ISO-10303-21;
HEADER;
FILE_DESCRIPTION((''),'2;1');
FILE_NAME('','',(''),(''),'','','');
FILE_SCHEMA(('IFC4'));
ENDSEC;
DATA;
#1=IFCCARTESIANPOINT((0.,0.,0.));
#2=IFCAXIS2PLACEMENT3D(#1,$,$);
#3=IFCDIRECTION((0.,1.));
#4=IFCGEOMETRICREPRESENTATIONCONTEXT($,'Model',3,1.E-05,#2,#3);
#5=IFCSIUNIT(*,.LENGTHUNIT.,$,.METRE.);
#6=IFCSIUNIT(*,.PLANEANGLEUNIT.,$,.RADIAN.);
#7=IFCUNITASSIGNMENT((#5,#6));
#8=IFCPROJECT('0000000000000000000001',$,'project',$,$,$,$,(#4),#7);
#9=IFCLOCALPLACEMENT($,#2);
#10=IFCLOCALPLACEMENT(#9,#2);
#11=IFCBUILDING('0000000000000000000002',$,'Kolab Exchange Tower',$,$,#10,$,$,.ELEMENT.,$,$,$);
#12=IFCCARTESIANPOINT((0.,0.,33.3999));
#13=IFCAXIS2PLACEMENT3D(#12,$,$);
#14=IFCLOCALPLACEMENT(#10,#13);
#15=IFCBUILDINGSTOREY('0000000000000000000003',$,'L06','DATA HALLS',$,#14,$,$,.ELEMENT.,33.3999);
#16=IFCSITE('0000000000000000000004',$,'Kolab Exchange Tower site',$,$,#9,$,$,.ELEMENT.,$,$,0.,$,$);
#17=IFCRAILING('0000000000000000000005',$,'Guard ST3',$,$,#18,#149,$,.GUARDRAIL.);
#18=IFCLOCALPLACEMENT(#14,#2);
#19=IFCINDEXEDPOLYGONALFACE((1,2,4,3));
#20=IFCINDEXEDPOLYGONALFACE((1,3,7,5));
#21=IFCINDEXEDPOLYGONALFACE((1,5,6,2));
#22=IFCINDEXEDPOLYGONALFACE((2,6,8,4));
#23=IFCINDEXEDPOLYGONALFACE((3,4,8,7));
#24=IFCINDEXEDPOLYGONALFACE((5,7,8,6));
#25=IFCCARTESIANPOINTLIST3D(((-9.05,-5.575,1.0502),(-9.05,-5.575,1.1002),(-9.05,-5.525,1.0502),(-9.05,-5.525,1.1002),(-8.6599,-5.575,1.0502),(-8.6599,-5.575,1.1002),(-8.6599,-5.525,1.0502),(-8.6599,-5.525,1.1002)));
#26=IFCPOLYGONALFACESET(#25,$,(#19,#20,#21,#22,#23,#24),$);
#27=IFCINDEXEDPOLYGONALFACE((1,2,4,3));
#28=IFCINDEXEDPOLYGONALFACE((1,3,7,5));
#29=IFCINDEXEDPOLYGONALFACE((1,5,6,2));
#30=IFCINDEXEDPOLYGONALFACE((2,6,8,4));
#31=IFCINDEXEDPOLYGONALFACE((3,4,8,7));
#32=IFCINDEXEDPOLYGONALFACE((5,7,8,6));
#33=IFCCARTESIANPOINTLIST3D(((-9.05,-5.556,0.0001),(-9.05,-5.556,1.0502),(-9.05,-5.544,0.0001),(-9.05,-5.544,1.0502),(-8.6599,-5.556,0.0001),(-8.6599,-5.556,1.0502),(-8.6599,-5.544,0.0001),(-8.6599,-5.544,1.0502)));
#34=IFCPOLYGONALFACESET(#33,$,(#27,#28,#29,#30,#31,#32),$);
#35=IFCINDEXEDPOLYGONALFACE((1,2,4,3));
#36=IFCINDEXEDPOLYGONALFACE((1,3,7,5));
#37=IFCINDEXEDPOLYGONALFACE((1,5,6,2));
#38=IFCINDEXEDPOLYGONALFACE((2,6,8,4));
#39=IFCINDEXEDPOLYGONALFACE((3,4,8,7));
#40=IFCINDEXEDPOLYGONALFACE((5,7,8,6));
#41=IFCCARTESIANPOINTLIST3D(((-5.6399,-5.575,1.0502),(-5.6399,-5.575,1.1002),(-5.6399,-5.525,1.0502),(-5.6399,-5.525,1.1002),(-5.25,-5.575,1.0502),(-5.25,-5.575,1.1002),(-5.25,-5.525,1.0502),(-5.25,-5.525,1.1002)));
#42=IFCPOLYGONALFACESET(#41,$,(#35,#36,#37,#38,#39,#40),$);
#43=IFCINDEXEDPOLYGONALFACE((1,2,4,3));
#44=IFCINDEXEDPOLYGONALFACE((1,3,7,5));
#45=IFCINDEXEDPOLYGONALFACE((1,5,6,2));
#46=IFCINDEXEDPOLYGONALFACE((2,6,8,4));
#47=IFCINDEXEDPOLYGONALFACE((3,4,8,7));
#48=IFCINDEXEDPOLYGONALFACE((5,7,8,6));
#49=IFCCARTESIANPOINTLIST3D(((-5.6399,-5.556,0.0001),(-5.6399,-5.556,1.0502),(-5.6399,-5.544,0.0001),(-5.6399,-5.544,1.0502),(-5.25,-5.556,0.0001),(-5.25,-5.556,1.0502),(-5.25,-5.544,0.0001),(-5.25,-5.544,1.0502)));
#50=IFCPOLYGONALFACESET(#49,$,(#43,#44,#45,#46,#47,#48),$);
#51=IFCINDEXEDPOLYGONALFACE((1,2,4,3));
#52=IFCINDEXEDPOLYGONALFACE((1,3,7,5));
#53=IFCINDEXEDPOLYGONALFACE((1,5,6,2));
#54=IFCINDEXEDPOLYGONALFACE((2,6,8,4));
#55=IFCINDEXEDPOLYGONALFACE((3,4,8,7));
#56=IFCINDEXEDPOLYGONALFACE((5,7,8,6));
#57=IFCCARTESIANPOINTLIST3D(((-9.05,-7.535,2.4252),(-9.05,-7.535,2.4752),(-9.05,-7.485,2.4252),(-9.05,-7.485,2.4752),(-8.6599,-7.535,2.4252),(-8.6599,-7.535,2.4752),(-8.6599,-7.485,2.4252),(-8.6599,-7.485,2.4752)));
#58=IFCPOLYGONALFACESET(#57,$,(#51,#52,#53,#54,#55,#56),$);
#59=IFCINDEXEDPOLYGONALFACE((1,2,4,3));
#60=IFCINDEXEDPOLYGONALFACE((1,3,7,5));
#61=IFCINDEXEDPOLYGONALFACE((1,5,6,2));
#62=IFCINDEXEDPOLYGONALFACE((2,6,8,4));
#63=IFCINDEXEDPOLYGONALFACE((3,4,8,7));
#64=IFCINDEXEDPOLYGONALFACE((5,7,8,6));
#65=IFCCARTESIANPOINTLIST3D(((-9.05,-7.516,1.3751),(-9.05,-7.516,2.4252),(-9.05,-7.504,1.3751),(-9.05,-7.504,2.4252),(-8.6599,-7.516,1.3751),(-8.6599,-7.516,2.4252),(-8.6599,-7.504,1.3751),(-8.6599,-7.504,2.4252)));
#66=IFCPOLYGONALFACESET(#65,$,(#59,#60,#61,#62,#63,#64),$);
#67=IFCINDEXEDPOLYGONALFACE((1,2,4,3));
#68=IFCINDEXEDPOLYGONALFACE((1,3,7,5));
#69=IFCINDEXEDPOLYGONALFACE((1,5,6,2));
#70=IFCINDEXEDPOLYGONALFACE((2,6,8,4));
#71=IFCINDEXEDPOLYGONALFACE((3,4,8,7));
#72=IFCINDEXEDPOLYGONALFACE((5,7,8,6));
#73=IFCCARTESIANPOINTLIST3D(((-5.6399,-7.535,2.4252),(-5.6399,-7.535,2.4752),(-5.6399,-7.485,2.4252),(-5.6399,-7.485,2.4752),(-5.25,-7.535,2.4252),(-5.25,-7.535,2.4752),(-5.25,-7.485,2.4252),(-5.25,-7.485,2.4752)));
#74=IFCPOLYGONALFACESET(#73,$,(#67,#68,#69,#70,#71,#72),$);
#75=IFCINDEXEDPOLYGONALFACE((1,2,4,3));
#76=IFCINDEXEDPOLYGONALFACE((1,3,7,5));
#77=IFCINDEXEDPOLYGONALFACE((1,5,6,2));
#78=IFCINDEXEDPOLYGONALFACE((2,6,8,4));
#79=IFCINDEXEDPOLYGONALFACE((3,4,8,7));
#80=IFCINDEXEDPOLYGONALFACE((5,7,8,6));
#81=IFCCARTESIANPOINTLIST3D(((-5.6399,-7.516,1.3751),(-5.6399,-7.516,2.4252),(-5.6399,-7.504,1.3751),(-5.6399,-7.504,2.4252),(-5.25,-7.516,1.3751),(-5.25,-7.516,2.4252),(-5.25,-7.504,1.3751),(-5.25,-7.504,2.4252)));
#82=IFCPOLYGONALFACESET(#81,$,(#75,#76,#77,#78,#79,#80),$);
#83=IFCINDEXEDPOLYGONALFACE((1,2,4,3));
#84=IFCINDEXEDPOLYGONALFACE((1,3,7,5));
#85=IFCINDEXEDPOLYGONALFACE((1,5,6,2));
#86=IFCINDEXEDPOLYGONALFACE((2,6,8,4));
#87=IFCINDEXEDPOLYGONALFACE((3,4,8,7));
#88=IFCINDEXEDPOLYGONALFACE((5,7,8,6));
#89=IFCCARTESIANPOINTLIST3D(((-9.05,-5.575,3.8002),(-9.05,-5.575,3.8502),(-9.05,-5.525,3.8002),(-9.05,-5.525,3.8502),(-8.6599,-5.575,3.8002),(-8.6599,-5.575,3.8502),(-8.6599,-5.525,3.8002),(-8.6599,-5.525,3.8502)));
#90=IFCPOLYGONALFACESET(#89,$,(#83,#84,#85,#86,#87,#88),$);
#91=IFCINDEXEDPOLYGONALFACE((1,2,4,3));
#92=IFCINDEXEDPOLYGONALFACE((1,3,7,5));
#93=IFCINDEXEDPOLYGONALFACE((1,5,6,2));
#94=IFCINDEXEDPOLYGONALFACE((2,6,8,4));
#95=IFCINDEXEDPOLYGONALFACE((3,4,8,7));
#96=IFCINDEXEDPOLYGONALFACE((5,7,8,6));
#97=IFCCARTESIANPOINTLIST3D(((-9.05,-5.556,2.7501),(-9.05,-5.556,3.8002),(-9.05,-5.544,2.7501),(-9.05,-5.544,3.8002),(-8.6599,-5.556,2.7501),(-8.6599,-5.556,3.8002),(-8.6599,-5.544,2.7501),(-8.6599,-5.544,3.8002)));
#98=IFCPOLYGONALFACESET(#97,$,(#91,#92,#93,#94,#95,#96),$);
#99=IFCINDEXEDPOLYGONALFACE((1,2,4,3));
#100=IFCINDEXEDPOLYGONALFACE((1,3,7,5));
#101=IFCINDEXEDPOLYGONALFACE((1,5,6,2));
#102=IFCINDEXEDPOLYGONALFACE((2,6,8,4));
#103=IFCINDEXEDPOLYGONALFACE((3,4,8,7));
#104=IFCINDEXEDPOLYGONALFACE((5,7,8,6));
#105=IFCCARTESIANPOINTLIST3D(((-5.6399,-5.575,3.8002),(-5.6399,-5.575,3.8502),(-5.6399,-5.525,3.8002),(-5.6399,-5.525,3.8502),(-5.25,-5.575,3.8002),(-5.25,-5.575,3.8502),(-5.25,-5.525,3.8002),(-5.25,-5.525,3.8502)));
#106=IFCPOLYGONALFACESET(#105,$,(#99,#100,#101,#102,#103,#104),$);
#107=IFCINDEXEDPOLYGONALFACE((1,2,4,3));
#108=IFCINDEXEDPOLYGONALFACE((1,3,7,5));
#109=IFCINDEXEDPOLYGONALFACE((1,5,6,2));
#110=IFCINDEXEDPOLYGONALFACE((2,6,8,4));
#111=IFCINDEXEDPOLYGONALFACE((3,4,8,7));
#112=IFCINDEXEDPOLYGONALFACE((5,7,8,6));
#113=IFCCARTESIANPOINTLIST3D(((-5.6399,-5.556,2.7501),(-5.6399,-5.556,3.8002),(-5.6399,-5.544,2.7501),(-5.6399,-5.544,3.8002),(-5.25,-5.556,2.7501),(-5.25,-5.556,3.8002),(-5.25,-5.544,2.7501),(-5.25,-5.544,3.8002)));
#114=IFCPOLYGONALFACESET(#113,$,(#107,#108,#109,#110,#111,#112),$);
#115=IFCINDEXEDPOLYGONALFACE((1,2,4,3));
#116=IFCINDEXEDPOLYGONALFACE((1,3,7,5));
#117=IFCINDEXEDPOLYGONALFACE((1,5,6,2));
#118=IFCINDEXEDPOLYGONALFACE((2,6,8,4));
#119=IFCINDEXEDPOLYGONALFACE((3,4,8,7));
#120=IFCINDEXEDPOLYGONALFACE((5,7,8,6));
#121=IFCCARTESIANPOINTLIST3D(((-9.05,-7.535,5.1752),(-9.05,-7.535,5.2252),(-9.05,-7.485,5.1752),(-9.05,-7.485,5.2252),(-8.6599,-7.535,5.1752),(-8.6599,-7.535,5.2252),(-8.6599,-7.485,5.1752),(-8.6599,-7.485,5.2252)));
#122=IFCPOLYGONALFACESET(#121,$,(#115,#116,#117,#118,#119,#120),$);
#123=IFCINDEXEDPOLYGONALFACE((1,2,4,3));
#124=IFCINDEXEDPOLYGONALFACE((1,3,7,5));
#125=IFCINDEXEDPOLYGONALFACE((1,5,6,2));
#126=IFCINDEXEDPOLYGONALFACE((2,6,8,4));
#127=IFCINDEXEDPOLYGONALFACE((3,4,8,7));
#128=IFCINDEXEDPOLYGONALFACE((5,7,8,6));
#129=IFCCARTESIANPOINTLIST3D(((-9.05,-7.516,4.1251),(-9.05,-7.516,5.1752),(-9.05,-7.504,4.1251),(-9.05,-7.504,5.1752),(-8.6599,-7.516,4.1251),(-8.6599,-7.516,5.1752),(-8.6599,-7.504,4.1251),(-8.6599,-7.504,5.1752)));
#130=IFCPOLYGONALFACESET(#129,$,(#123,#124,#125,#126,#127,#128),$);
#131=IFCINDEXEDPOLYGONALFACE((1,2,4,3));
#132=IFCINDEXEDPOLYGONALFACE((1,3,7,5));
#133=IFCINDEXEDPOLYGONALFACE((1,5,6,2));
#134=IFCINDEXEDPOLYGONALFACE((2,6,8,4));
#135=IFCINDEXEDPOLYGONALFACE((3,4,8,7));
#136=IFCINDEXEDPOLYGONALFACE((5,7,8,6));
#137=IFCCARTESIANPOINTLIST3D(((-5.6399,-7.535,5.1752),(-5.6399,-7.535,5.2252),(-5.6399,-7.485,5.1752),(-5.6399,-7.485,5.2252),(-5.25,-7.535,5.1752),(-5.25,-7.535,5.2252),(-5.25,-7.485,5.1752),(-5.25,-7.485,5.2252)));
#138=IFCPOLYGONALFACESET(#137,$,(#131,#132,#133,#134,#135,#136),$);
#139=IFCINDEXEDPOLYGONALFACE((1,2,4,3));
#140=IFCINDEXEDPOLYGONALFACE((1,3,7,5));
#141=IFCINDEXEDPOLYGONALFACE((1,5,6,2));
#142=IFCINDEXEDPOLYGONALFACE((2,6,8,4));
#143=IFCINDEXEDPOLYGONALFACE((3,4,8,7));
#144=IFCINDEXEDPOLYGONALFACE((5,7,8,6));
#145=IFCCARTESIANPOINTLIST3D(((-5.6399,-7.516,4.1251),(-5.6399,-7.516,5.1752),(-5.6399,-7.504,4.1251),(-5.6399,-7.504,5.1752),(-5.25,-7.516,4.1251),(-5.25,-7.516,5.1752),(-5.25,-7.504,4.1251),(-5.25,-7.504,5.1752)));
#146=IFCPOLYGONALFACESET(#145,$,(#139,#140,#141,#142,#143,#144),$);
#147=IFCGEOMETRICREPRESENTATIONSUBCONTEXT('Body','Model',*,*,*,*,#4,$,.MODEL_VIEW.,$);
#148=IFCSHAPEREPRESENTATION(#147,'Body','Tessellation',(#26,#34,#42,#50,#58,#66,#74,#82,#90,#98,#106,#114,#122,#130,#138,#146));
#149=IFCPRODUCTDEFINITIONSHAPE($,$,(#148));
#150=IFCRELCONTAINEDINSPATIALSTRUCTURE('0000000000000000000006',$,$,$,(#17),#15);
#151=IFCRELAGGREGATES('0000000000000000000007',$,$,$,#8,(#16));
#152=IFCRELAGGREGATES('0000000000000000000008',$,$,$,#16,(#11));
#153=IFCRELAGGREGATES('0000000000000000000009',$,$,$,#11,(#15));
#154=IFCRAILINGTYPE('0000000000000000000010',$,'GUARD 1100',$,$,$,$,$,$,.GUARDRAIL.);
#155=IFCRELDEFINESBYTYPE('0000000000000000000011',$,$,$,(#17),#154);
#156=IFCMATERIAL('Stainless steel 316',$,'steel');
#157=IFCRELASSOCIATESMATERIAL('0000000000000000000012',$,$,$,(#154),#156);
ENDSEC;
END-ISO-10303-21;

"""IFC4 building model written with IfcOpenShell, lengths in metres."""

from ifc_helpers import new_model, si_unit, direction, frame, frame_2d, origin, origin_2d, place, context, subcontext, project, spatial, rectangle, extrude, material, type_object, element, save


model = new_model("IFC4")

# Units and contexts
model_context = context("Model", 3, precision=1e-05, world=origin(), true_north=direction((0.0, 1.0)))
body_context = subcontext(model_context, "Body", "Model", "MODEL_VIEW")
ifc_project = project(units=[si_unit("LENGTHUNIT", "METRE"), si_unit("PLANEANGLEUNIT", "RADIAN")], contexts=[model_context])

# Site, building, storey
site_placement = place(None, origin())
site = spatial("IfcSite", under=ifc_project, at=site_placement, Name="Kolab Exchange Tower site", CompositionType="ELEMENT", RefElevation=0.0)
building_placement = place(site_placement, origin())
building = spatial("IfcBuilding", under=site, at=building_placement, Name="Kolab Exchange Tower", CompositionType="ELEMENT")
storey_placement = place(building_placement, frame((0.0, 0.0, 33.3999)))
storey = spatial("IfcBuildingStorey", under=building, at=storey_placement, Name="L06", Description="DATA HALLS", CompositionType="ELEMENT", Elevation=33.3999)

# Shared definitions
ifc_material_1 = material(Name="Stainless steel 316", Category="steel")

# Railing
railing_type = type_object("IfcRailingType", Name="GUARD 1100", PredefinedType="GUARDRAIL", material=ifc_material_1)
railing_placement = place(storey_placement, frame((-9.05, -5.55, 0.0)))
element("IfcRailing", 1, at=railing_placement, inside=storey, type_object=railing_type, Name="Guard ST3", PredefinedType="GUARDRAIL", context=body_context, shape_type="SweptSolid", body=[
    extrude(rectangle(XDim=0.05, YDim=0.05, at=origin_2d()), frame((0.0, 0.0, 1.0752), z_axis=(1.0, 0.0, 0.0), x_axis=(0.0, 1.0, 0.0)), (0.0, 0.0, 1.0), 0.3901),
    extrude(rectangle(XDim=0.012, YDim=1.0501, at=frame_2d((0.0, 0.5251))), frame((0.0, 0.0, 0.0), z_axis=(1.0, 0.0, 0.0), x_axis=(0.0, 1.0, 0.0)), (0.0, 0.0, 1.0), 0.3901),
    extrude(rectangle(XDim=0.05, YDim=0.05, at=origin_2d()), frame((3.4102, 0.0, 1.0752), z_axis=(1.0, 0.0, 0.0), x_axis=(0.0, 1.0, 0.0)), (0.0, 0.0, 1.0), 0.3899),
    extrude(rectangle(XDim=0.012, YDim=1.0501, at=frame_2d((0.0, 0.5251))), frame((3.4102, 0.0, 0.0), z_axis=(1.0, 0.0, 0.0), x_axis=(0.0, 1.0, 0.0)), (0.0, 0.0, 1.0), 0.3899),
    extrude(rectangle(XDim=0.05, YDim=0.05, at=origin_2d()), frame((0.0, -1.96, 2.4502), z_axis=(1.0, 0.0, 0.0), x_axis=(0.0, 1.0, 0.0)), (0.0, 0.0, 1.0), 0.3901),
    extrude(rectangle(XDim=0.012, YDim=1.0501, at=frame_2d((0.0, 0.5251))), frame((0.0, -1.96, 1.375), z_axis=(1.0, 0.0, 0.0), x_axis=(0.0, 1.0, 0.0)), (0.0, 0.0, 1.0), 0.3901),
    extrude(rectangle(XDim=0.05, YDim=0.05, at=origin_2d()), frame((3.4102, -1.96, 2.4502), z_axis=(1.0, 0.0, 0.0), x_axis=(0.0, 1.0, 0.0)), (0.0, 0.0, 1.0), 0.3899),
    extrude(rectangle(XDim=0.012, YDim=1.0501, at=frame_2d((0.0, 0.5251))), frame((3.4102, -1.96, 1.375), z_axis=(1.0, 0.0, 0.0), x_axis=(0.0, 1.0, 0.0)), (0.0, 0.0, 1.0), 0.3899),
    extrude(rectangle(XDim=0.05, YDim=0.05, at=origin_2d()), frame((0.0, 0.0, 3.8252), z_axis=(1.0, 0.0, 0.0), x_axis=(0.0, 1.0, 0.0)), (0.0, 0.0, 1.0), 0.3901),
    extrude(rectangle(XDim=0.012, YDim=1.0501, at=frame_2d((0.0, 0.5251))), frame((0.0, 0.0, 2.75), z_axis=(1.0, 0.0, 0.0), x_axis=(0.0, 1.0, 0.0)), (0.0, 0.0, 1.0), 0.3901),
    extrude(rectangle(XDim=0.05, YDim=0.05, at=origin_2d()), frame((3.4102, 0.0, 3.8252), z_axis=(1.0, 0.0, 0.0), x_axis=(0.0, 1.0, 0.0)), (0.0, 0.0, 1.0), 0.3899),
    extrude(rectangle(XDim=0.012, YDim=1.0501, at=frame_2d((0.0, 0.5251))), frame((3.4102, 0.0, 2.75), z_axis=(1.0, 0.0, 0.0), x_axis=(0.0, 1.0, 0.0)), (0.0, 0.0, 1.0), 0.3899),
    extrude(rectangle(XDim=0.05, YDim=0.05, at=origin_2d()), frame((0.0, -1.96, 5.2002), z_axis=(1.0, 0.0, 0.0), x_axis=(0.0, 1.0, 0.0)), (0.0, 0.0, 1.0), 0.3901),
    extrude(rectangle(XDim=0.012, YDim=1.0501, at=frame_2d((0.0, 0.5251))), frame((0.0, -1.96, 4.125), z_axis=(1.0, 0.0, 0.0), x_axis=(0.0, 1.0, 0.0)), (0.0, 0.0, 1.0), 0.3901),
    extrude(rectangle(XDim=0.05, YDim=0.05, at=origin_2d()), frame((3.4102, -1.96, 5.2002), z_axis=(1.0, 0.0, 0.0), x_axis=(0.0, 1.0, 0.0)), (0.0, 0.0, 1.0), 0.3899),
    extrude(rectangle(XDim=0.012, YDim=1.0501, at=frame_2d((0.0, 0.5251))), frame((3.4102, -1.96, 4.125), z_axis=(1.0, 0.0, 0.0), x_axis=(0.0, 1.0, 0.0)), (0.0, 0.0, 1.0), 0.3899),
])

save(model, "model.ifc")
